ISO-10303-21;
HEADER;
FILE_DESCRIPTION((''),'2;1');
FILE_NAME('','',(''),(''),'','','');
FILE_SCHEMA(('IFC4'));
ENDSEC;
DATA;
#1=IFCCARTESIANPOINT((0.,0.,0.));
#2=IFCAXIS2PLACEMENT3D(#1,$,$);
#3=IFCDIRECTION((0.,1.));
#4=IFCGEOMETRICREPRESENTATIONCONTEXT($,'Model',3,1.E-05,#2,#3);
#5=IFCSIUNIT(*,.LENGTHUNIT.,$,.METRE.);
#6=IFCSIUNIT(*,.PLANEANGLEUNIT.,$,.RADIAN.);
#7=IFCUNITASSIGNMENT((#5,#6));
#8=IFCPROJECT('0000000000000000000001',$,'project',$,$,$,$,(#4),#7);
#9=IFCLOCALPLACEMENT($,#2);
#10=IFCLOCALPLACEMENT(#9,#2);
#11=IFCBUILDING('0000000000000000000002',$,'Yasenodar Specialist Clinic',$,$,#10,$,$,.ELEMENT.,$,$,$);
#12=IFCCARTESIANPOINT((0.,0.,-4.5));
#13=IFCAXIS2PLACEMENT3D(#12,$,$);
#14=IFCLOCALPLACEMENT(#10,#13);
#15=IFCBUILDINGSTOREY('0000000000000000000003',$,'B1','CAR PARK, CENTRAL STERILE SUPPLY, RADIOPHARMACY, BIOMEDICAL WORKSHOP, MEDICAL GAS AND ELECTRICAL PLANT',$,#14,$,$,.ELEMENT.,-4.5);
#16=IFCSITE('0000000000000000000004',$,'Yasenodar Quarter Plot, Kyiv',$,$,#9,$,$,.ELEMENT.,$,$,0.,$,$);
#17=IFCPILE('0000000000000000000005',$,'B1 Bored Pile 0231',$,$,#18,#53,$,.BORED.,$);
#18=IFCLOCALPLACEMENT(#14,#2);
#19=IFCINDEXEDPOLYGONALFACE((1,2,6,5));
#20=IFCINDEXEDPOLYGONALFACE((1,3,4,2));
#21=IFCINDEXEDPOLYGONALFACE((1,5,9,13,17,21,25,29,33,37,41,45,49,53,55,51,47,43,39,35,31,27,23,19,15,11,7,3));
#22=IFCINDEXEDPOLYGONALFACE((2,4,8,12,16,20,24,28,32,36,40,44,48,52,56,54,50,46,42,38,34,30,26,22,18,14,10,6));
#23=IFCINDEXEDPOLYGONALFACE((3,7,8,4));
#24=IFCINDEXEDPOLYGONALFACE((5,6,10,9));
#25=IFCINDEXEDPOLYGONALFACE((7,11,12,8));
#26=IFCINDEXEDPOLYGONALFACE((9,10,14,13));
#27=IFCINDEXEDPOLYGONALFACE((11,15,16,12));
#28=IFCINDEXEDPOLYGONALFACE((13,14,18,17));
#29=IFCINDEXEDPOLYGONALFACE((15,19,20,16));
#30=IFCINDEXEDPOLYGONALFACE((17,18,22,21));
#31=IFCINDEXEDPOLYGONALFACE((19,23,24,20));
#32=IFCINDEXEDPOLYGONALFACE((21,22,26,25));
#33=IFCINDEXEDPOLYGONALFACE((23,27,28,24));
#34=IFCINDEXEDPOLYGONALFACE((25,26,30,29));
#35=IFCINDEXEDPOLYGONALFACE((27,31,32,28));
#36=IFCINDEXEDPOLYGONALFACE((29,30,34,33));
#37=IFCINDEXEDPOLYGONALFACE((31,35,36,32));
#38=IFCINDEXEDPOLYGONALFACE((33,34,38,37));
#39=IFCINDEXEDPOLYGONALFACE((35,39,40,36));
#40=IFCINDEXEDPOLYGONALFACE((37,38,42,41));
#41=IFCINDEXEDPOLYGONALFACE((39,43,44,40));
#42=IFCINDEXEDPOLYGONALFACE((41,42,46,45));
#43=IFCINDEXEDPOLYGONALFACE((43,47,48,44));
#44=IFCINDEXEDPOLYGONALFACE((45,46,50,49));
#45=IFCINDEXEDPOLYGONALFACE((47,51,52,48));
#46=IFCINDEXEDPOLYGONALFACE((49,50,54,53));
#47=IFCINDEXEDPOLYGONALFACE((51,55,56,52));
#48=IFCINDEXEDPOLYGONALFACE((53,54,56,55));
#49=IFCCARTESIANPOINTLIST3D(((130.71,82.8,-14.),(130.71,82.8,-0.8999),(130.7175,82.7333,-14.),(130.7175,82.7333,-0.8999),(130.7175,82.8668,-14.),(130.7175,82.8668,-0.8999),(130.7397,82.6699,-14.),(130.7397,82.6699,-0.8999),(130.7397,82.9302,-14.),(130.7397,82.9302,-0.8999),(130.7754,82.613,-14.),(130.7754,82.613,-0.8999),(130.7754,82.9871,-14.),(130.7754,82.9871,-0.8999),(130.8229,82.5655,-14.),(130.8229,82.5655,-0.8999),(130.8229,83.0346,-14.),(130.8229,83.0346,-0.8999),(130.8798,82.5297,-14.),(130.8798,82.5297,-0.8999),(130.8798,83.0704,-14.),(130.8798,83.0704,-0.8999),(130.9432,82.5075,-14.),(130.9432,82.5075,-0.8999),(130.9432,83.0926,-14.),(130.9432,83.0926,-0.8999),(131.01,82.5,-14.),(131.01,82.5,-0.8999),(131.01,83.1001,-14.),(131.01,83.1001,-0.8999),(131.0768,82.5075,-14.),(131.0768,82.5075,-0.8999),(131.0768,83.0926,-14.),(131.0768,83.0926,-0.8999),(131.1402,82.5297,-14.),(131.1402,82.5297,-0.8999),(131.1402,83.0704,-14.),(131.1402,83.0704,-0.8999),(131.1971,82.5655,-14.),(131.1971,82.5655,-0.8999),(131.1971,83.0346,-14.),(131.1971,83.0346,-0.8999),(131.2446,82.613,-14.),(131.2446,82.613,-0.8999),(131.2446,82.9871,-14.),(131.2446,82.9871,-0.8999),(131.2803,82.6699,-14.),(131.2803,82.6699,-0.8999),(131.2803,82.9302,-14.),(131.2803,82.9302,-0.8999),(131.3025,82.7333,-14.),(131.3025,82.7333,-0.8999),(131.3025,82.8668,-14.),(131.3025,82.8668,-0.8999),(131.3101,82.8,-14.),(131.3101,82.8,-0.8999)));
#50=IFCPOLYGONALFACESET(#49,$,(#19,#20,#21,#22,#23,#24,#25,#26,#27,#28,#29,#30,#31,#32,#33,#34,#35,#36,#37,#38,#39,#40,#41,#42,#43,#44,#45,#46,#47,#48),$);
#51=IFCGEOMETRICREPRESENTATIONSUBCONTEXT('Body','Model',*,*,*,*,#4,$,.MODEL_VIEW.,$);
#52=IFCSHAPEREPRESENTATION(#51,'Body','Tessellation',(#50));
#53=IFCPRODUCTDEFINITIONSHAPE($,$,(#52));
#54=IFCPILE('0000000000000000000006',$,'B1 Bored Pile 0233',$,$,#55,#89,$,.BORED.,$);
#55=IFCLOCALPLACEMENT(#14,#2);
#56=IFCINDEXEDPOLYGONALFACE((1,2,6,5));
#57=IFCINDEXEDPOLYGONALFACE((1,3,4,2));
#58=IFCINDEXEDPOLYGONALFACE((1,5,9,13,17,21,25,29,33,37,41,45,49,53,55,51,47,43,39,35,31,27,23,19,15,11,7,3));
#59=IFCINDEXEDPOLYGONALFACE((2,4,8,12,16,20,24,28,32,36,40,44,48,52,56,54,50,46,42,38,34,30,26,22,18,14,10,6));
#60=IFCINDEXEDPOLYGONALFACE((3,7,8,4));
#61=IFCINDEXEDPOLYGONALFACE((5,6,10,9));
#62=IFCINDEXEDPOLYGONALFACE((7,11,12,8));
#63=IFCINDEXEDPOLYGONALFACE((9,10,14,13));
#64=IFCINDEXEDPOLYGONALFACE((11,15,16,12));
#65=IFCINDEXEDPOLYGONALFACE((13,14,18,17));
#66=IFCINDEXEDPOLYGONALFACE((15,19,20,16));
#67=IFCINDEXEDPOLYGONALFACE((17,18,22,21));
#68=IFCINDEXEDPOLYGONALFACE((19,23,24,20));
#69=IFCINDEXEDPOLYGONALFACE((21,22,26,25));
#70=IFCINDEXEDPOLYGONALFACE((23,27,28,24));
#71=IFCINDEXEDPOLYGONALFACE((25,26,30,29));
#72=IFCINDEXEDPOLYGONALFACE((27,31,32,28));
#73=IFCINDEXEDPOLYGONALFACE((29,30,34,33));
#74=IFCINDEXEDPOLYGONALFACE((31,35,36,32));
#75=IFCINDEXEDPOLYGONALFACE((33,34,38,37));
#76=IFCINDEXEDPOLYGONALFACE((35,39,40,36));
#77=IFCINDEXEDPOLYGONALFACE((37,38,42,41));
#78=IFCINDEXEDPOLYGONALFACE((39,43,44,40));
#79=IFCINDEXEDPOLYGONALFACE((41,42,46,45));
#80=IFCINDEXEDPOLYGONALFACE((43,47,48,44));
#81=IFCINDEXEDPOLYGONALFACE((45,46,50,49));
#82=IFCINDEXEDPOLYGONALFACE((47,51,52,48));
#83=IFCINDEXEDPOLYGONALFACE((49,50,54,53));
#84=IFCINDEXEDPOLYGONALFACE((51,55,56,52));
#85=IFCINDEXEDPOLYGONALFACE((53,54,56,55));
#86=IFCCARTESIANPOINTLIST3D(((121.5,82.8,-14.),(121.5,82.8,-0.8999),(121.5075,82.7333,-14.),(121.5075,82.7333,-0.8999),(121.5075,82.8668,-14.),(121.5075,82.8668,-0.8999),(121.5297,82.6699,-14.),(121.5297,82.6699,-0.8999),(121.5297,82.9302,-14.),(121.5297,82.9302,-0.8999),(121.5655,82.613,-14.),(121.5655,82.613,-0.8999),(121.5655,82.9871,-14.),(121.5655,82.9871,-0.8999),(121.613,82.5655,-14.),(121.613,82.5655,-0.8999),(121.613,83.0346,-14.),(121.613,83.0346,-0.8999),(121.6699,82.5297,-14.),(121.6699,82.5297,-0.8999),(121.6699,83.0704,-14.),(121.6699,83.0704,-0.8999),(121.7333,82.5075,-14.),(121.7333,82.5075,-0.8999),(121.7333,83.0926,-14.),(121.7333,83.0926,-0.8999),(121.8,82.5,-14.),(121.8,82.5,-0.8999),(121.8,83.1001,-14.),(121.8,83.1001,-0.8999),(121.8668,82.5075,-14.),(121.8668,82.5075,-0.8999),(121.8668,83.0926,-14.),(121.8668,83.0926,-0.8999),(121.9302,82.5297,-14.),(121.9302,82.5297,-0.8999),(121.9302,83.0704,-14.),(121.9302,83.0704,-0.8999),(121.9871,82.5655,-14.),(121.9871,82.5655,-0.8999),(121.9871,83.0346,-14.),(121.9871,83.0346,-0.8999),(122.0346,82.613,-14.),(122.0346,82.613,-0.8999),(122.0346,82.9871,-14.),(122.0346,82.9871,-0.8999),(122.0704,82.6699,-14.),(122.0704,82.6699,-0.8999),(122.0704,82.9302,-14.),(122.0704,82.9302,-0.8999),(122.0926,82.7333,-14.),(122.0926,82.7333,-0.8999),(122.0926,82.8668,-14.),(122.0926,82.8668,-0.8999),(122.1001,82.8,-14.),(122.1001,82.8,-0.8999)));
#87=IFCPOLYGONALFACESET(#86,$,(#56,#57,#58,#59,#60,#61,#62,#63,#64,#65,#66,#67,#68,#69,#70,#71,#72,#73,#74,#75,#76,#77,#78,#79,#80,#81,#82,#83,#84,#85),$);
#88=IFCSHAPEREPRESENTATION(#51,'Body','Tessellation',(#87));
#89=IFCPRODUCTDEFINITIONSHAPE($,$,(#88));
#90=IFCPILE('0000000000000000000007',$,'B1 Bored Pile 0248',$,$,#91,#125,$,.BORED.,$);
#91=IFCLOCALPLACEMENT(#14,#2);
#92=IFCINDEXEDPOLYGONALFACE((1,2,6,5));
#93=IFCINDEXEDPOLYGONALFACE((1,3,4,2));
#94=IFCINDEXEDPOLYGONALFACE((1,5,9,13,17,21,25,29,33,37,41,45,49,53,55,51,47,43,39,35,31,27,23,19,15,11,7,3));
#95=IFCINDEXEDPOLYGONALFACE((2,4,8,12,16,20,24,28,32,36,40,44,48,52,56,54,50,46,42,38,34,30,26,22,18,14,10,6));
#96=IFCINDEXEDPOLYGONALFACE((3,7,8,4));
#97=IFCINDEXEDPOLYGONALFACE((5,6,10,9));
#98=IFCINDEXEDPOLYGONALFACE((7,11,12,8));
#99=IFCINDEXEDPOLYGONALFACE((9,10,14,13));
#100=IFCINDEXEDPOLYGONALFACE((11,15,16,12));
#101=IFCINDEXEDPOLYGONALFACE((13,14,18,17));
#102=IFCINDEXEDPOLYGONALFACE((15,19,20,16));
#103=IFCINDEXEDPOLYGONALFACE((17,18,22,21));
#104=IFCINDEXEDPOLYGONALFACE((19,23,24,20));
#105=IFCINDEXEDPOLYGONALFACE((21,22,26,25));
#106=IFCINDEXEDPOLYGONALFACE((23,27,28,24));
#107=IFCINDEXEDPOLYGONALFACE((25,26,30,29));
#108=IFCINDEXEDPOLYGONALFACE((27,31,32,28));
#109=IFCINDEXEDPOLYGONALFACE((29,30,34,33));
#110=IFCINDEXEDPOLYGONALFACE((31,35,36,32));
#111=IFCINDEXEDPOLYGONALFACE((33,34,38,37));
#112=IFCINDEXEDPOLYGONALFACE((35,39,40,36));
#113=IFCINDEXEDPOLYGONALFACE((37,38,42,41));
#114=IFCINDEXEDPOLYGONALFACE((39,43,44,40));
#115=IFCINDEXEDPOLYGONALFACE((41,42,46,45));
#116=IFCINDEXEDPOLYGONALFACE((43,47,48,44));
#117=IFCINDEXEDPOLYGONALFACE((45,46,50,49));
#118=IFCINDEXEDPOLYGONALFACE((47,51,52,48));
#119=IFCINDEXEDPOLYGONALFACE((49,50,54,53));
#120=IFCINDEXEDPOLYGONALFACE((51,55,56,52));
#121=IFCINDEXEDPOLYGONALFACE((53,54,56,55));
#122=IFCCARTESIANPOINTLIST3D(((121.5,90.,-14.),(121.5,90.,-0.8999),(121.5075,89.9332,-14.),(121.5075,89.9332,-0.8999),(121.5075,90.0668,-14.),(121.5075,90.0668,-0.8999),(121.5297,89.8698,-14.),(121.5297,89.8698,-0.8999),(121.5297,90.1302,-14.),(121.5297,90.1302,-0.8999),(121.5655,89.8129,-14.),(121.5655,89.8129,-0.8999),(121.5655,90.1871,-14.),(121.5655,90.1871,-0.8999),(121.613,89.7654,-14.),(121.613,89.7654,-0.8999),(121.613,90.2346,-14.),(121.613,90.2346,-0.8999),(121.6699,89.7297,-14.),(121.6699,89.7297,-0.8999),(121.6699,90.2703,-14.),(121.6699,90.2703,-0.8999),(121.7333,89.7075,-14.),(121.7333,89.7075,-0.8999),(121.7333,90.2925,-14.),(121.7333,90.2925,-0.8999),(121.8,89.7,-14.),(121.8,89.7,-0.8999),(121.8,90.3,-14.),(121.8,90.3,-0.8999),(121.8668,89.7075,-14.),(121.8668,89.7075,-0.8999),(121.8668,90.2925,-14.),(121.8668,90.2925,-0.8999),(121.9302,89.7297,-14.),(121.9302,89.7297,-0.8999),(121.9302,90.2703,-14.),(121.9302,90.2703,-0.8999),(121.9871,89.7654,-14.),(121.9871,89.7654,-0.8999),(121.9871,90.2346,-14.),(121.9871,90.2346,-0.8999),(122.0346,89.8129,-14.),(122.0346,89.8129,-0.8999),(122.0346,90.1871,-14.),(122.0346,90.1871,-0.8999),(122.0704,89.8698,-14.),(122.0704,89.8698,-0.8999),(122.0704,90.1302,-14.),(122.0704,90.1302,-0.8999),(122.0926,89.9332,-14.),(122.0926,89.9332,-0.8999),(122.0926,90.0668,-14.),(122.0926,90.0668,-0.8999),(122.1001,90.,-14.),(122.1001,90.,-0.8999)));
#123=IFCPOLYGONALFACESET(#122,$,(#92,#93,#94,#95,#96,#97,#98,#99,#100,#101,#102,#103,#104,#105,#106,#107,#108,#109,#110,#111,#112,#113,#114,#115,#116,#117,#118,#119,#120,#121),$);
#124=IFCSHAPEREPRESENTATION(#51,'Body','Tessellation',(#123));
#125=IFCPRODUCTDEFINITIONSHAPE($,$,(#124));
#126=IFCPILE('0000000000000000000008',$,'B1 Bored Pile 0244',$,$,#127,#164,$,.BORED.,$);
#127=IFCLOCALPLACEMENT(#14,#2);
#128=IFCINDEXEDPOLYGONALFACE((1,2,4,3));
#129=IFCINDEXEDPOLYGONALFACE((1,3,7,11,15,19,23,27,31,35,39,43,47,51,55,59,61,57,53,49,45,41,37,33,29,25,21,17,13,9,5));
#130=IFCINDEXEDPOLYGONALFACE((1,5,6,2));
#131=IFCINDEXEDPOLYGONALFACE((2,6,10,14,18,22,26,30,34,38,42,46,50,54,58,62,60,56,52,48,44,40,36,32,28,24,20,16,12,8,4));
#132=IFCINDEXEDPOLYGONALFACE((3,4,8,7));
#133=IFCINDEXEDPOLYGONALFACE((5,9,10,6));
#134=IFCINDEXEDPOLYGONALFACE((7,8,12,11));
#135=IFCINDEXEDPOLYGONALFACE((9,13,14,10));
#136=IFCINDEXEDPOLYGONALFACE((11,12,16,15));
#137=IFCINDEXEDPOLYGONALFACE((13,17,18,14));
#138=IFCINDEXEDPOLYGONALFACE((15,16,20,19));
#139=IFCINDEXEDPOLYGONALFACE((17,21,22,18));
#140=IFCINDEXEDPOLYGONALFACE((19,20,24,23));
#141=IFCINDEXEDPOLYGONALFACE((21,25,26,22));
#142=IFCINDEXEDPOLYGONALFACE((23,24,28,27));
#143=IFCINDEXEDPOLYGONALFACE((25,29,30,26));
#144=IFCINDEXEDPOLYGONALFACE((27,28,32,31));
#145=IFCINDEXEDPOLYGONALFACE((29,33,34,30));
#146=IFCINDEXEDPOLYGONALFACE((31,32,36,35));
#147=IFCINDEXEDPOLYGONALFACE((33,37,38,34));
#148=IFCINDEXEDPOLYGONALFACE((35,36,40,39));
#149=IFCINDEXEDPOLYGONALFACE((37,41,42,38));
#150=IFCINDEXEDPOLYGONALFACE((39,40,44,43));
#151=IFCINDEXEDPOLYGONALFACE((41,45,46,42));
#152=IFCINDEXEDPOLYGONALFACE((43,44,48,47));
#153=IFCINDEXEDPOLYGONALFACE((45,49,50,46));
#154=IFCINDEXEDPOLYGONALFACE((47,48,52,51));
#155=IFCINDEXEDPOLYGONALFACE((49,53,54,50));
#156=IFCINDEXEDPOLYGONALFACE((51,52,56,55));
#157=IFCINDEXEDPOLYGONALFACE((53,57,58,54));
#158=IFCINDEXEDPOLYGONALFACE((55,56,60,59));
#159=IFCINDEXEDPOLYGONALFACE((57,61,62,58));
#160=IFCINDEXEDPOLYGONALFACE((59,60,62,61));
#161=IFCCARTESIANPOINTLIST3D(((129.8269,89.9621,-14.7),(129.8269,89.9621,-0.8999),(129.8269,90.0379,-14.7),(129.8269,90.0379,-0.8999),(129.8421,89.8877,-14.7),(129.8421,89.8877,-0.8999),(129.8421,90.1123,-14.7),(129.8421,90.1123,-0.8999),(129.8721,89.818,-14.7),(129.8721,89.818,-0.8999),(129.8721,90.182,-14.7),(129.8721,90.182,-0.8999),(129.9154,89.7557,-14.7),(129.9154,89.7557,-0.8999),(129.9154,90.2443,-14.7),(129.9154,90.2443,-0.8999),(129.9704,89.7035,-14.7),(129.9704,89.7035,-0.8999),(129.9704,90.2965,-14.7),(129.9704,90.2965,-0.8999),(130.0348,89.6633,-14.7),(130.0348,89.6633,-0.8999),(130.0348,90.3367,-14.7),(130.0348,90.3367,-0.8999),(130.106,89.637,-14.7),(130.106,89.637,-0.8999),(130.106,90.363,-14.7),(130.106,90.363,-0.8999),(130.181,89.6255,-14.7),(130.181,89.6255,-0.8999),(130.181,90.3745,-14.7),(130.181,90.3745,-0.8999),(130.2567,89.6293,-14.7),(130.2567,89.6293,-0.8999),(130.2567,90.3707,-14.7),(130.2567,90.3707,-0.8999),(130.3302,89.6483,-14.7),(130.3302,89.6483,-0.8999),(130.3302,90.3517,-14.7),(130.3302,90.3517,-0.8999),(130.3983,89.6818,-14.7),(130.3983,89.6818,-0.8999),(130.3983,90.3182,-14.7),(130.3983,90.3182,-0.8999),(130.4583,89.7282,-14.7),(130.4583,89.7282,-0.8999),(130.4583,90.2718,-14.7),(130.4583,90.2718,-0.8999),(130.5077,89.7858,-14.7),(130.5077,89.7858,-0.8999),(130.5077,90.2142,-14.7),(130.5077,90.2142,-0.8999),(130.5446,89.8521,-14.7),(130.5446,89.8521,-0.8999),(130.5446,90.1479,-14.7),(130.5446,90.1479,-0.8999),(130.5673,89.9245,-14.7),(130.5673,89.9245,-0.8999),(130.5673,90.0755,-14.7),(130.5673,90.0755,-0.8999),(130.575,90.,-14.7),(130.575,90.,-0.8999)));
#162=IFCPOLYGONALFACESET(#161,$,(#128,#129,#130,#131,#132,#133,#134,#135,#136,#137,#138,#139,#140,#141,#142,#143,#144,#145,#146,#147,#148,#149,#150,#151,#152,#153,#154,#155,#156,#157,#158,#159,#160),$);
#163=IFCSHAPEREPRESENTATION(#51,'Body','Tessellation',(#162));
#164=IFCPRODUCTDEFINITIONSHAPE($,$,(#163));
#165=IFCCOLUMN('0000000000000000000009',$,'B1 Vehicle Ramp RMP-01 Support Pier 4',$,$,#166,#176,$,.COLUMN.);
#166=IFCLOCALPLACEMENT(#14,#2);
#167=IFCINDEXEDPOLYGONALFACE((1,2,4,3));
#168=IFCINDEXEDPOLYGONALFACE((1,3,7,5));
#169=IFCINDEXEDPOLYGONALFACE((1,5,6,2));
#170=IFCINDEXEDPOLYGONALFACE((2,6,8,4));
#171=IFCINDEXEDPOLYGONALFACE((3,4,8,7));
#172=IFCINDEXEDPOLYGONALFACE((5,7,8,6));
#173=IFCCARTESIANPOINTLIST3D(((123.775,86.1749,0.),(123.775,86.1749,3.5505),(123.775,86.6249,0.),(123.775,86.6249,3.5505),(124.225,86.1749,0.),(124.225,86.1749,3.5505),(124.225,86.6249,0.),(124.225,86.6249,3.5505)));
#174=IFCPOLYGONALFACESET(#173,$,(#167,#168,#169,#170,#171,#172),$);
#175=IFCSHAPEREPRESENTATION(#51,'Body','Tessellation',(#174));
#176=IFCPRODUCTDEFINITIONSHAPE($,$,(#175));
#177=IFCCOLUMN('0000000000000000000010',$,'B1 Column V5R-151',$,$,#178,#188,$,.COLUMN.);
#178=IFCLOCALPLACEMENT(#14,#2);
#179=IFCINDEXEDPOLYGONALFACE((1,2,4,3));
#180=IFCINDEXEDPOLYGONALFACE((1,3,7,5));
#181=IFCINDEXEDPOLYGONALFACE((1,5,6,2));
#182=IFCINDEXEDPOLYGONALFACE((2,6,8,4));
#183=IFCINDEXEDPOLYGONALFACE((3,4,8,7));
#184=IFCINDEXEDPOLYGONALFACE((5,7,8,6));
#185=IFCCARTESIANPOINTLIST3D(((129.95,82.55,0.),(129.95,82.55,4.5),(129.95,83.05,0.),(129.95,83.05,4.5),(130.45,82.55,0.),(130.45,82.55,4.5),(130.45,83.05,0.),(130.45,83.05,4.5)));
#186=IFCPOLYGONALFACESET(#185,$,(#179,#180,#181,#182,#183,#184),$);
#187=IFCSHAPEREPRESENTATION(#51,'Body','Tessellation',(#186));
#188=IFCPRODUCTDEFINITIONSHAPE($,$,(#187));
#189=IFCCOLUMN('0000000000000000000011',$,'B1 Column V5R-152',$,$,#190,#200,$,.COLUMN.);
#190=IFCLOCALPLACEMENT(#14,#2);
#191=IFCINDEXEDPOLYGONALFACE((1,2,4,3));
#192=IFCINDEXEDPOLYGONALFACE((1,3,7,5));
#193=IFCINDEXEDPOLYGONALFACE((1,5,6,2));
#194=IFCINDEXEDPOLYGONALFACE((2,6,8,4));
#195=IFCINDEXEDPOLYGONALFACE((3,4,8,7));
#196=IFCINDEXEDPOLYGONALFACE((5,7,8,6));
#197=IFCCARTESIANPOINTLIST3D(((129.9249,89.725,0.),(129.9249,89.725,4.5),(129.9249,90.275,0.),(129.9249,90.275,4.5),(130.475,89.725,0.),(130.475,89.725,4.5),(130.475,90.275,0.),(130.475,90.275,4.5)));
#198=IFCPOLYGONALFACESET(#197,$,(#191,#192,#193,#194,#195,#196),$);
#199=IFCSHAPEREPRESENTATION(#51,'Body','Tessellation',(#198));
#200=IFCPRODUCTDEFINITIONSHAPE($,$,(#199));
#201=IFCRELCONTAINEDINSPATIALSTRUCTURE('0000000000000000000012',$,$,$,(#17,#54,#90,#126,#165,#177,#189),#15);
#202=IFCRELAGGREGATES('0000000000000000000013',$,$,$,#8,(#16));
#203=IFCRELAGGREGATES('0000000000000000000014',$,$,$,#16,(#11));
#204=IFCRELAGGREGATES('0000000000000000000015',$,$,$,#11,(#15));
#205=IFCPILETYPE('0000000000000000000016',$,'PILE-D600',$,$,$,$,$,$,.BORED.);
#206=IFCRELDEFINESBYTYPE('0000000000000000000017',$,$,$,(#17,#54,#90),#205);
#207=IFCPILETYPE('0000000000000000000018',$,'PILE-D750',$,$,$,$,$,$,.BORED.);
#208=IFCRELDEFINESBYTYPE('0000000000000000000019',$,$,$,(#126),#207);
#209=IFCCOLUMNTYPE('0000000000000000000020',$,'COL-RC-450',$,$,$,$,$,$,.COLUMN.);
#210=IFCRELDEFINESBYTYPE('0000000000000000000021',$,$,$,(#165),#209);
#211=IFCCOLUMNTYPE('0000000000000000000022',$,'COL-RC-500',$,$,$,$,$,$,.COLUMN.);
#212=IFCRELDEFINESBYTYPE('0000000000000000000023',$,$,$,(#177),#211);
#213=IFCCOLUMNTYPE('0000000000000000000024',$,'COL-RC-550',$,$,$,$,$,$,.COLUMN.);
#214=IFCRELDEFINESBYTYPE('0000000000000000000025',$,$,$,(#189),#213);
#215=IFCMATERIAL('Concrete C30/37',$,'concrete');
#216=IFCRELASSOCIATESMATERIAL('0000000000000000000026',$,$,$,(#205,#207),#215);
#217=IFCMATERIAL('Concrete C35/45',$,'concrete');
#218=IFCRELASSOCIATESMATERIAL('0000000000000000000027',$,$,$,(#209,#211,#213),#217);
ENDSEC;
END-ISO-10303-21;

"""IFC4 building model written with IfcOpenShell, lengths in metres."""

from ifc_helpers import new_model, si_unit, direction, frame, origin, origin_2d, place, context, subcontext, project, spatial, rectangle, circle, extrude, material, material_profile, profile_set, type_object, element, save


model = new_model("IFC4")

# Units and contexts
model_context = context("Model", 3, precision=1e-05, world=origin(), true_north=direction((0.0, 1.0)))
body_context = subcontext(model_context, "Body", "Model", "MODEL_VIEW")
ifc_project = project(units=[si_unit("LENGTHUNIT", "METRE"), si_unit("PLANEANGLEUNIT", "RADIAN")], contexts=[model_context])

# Site, building, storey
site_placement = place(None, origin())
site = spatial("IfcSite", under=ifc_project, at=site_placement, Name="Yasenodar Quarter Plot, Kyiv", CompositionType="ELEMENT", RefElevation=0.0)
building_placement = place(site_placement, origin())
building = spatial("IfcBuilding", under=site, at=building_placement, Name="Yasenodar Specialist Clinic", CompositionType="ELEMENT")
storey_placement = place(building_placement, frame((0.0, 0.0, -4.5)))
storey = spatial("IfcBuildingStorey", under=building, at=storey_placement, Name="B1", Description="CAR PARK, CENTRAL STERILE SUPPLY, RADIOPHARMACY, BIOMEDICAL WORKSHOP, MEDICAL GAS AND ELECTRICAL PLANT", CompositionType="ELEMENT", Elevation=-4.5)

# Shared definitions
ifc_material_1 = material(Name="Concrete C35/45", Category="concrete")

# Piles
ifc_material_2 = material(Name="Concrete C30/37", Category="concrete")
ifc_material_profile_1 = material_profile(ifc_material_2, circle(Radius=0.3, at=origin_2d()), Name="PILE D600")
ifc_profile_set_1 = profile_set([ifc_material_profile_1], Name="Concrete C30/37")
pile_type_1 = type_object("IfcPileType", Name="PILE-D600", PredefinedType="BORED", material=ifc_profile_set_1)
for number, where, z_axis, x_axis, name in (
    (1, (131.01, 82.8, -0.8999), (0.0, 0.0, -1.0), (1.0, 0.0, 0.0), "B1 Bored Pile 0231"),
    (2, (121.8, 82.8, -0.8999), (0.0, 0.0, -1.0), (1.0, 0.0, 0.0), "B1 Bored Pile 0233"),
    (3, (121.8, 90.0, -0.8999), (0.0, 0.0, -1.0), (1.0, 0.0, 0.0), "B1 Bored Pile 0248"),
):
    element("IfcPile", number, at=place(storey_placement, frame(where, z_axis=z_axis, x_axis=x_axis)), inside=storey, type_object=pile_type_1, Name=name, PredefinedType="BORED", context=body_context, shape_type="SweptSolid", body=[
        extrude(circle(Radius=0.3, at=origin_2d()), origin(), (0.0, 0.0, 1.0), 13.1001),
    ])
ifc_material_profile_2 = material_profile(ifc_material_2, circle(Radius=0.375, at=origin_2d()), Name="PILE D750")
ifc_profile_set_2 = profile_set([ifc_material_profile_2], Name="Concrete C30/37")
pile_type_2 = type_object("IfcPileType", Name="PILE-D750", PredefinedType="BORED", material=ifc_profile_set_2)
pile_placement = place(storey_placement, frame((130.2, 90.0, -0.8999), z_axis=(0.0, 0.0, -1.0), x_axis=(1.0, 0.0, 0.0)))
element("IfcPile", 4, at=pile_placement, inside=storey, type_object=pile_type_2, Name="B1 Bored Pile 0244", PredefinedType="BORED", context=body_context, shape_type="SweptSolid", body=[
    extrude(circle(Radius=0.375, at=origin_2d()), origin(), (0.0, 0.0, 1.0), 13.8),
])

# Columns
ifc_material_profile_3 = material_profile(ifc_material_1, rectangle(XDim=0.45, YDim=0.45, at=origin_2d()), Name="RC 450x450")
ifc_profile_set_3 = profile_set([ifc_material_profile_3], Name="Concrete C35/45")
column_type_1 = type_object("IfcColumnType", Name="COL-RC-450", PredefinedType="COLUMN", material=ifc_profile_set_3)
column_1_placement = place(storey_placement, frame((124.0, 86.3999, 0.0), z_axis=(0.0, 0.0, 1.0), x_axis=(1.0, 0.0, 0.0)))
element("IfcColumn", 5, at=column_1_placement, inside=storey, type_object=column_type_1, Name="B1 Vehicle Ramp RMP-01 Support Pier 4", PredefinedType="COLUMN", context=body_context, shape_type="SweptSolid", body=[
    extrude(rectangle(XDim=0.45, YDim=0.45, at=origin_2d()), origin(), (0.0, 0.0, 1.0), 3.5505),
])
ifc_material_profile_4 = material_profile(ifc_material_1, rectangle(XDim=0.5, YDim=0.5, at=origin_2d()), Name="RC 500x500")
ifc_profile_set_4 = profile_set([ifc_material_profile_4], Name="Concrete C35/45")
column_type_2 = type_object("IfcColumnType", Name="COL-RC-500", PredefinedType="COLUMN", material=ifc_profile_set_4)
column_2_placement = place(storey_placement, frame((130.2, 82.8, 0.0), z_axis=(0.0, 0.0, 1.0), x_axis=(1.0, 0.0, 0.0)))
element("IfcColumn", 6, at=column_2_placement, inside=storey, type_object=column_type_2, Name="B1 Column V5R-151", PredefinedType="COLUMN", context=body_context, shape_type="SweptSolid", body=[
    extrude(rectangle(XDim=0.5, YDim=0.5, at=origin_2d()), origin(), (0.0, 0.0, 1.0), 4.5),
])
ifc_material_profile_5 = material_profile(ifc_material_1, rectangle(XDim=0.55, YDim=0.55, at=origin_2d()), Name="RC 550x550")
ifc_profile_set_5 = profile_set([ifc_material_profile_5], Name="Concrete C35/45")
column_type_3 = type_object("IfcColumnType", Name="COL-RC-550", PredefinedType="COLUMN", material=ifc_profile_set_5)
column_3_placement = place(storey_placement, frame((130.2, 90.0, 0.0), z_axis=(0.0, 0.0, 1.0), x_axis=(1.0, 0.0, 0.0)))
element("IfcColumn", 7, at=column_3_placement, inside=storey, type_object=column_type_3, Name="B1 Column V5R-152", PredefinedType="COLUMN", context=body_context, shape_type="SweptSolid", body=[
    extrude(rectangle(XDim=0.55, YDim=0.55, at=origin_2d()), origin(), (0.0, 0.0, 1.0), 4.5),
])

save(model, "model.ifc")
